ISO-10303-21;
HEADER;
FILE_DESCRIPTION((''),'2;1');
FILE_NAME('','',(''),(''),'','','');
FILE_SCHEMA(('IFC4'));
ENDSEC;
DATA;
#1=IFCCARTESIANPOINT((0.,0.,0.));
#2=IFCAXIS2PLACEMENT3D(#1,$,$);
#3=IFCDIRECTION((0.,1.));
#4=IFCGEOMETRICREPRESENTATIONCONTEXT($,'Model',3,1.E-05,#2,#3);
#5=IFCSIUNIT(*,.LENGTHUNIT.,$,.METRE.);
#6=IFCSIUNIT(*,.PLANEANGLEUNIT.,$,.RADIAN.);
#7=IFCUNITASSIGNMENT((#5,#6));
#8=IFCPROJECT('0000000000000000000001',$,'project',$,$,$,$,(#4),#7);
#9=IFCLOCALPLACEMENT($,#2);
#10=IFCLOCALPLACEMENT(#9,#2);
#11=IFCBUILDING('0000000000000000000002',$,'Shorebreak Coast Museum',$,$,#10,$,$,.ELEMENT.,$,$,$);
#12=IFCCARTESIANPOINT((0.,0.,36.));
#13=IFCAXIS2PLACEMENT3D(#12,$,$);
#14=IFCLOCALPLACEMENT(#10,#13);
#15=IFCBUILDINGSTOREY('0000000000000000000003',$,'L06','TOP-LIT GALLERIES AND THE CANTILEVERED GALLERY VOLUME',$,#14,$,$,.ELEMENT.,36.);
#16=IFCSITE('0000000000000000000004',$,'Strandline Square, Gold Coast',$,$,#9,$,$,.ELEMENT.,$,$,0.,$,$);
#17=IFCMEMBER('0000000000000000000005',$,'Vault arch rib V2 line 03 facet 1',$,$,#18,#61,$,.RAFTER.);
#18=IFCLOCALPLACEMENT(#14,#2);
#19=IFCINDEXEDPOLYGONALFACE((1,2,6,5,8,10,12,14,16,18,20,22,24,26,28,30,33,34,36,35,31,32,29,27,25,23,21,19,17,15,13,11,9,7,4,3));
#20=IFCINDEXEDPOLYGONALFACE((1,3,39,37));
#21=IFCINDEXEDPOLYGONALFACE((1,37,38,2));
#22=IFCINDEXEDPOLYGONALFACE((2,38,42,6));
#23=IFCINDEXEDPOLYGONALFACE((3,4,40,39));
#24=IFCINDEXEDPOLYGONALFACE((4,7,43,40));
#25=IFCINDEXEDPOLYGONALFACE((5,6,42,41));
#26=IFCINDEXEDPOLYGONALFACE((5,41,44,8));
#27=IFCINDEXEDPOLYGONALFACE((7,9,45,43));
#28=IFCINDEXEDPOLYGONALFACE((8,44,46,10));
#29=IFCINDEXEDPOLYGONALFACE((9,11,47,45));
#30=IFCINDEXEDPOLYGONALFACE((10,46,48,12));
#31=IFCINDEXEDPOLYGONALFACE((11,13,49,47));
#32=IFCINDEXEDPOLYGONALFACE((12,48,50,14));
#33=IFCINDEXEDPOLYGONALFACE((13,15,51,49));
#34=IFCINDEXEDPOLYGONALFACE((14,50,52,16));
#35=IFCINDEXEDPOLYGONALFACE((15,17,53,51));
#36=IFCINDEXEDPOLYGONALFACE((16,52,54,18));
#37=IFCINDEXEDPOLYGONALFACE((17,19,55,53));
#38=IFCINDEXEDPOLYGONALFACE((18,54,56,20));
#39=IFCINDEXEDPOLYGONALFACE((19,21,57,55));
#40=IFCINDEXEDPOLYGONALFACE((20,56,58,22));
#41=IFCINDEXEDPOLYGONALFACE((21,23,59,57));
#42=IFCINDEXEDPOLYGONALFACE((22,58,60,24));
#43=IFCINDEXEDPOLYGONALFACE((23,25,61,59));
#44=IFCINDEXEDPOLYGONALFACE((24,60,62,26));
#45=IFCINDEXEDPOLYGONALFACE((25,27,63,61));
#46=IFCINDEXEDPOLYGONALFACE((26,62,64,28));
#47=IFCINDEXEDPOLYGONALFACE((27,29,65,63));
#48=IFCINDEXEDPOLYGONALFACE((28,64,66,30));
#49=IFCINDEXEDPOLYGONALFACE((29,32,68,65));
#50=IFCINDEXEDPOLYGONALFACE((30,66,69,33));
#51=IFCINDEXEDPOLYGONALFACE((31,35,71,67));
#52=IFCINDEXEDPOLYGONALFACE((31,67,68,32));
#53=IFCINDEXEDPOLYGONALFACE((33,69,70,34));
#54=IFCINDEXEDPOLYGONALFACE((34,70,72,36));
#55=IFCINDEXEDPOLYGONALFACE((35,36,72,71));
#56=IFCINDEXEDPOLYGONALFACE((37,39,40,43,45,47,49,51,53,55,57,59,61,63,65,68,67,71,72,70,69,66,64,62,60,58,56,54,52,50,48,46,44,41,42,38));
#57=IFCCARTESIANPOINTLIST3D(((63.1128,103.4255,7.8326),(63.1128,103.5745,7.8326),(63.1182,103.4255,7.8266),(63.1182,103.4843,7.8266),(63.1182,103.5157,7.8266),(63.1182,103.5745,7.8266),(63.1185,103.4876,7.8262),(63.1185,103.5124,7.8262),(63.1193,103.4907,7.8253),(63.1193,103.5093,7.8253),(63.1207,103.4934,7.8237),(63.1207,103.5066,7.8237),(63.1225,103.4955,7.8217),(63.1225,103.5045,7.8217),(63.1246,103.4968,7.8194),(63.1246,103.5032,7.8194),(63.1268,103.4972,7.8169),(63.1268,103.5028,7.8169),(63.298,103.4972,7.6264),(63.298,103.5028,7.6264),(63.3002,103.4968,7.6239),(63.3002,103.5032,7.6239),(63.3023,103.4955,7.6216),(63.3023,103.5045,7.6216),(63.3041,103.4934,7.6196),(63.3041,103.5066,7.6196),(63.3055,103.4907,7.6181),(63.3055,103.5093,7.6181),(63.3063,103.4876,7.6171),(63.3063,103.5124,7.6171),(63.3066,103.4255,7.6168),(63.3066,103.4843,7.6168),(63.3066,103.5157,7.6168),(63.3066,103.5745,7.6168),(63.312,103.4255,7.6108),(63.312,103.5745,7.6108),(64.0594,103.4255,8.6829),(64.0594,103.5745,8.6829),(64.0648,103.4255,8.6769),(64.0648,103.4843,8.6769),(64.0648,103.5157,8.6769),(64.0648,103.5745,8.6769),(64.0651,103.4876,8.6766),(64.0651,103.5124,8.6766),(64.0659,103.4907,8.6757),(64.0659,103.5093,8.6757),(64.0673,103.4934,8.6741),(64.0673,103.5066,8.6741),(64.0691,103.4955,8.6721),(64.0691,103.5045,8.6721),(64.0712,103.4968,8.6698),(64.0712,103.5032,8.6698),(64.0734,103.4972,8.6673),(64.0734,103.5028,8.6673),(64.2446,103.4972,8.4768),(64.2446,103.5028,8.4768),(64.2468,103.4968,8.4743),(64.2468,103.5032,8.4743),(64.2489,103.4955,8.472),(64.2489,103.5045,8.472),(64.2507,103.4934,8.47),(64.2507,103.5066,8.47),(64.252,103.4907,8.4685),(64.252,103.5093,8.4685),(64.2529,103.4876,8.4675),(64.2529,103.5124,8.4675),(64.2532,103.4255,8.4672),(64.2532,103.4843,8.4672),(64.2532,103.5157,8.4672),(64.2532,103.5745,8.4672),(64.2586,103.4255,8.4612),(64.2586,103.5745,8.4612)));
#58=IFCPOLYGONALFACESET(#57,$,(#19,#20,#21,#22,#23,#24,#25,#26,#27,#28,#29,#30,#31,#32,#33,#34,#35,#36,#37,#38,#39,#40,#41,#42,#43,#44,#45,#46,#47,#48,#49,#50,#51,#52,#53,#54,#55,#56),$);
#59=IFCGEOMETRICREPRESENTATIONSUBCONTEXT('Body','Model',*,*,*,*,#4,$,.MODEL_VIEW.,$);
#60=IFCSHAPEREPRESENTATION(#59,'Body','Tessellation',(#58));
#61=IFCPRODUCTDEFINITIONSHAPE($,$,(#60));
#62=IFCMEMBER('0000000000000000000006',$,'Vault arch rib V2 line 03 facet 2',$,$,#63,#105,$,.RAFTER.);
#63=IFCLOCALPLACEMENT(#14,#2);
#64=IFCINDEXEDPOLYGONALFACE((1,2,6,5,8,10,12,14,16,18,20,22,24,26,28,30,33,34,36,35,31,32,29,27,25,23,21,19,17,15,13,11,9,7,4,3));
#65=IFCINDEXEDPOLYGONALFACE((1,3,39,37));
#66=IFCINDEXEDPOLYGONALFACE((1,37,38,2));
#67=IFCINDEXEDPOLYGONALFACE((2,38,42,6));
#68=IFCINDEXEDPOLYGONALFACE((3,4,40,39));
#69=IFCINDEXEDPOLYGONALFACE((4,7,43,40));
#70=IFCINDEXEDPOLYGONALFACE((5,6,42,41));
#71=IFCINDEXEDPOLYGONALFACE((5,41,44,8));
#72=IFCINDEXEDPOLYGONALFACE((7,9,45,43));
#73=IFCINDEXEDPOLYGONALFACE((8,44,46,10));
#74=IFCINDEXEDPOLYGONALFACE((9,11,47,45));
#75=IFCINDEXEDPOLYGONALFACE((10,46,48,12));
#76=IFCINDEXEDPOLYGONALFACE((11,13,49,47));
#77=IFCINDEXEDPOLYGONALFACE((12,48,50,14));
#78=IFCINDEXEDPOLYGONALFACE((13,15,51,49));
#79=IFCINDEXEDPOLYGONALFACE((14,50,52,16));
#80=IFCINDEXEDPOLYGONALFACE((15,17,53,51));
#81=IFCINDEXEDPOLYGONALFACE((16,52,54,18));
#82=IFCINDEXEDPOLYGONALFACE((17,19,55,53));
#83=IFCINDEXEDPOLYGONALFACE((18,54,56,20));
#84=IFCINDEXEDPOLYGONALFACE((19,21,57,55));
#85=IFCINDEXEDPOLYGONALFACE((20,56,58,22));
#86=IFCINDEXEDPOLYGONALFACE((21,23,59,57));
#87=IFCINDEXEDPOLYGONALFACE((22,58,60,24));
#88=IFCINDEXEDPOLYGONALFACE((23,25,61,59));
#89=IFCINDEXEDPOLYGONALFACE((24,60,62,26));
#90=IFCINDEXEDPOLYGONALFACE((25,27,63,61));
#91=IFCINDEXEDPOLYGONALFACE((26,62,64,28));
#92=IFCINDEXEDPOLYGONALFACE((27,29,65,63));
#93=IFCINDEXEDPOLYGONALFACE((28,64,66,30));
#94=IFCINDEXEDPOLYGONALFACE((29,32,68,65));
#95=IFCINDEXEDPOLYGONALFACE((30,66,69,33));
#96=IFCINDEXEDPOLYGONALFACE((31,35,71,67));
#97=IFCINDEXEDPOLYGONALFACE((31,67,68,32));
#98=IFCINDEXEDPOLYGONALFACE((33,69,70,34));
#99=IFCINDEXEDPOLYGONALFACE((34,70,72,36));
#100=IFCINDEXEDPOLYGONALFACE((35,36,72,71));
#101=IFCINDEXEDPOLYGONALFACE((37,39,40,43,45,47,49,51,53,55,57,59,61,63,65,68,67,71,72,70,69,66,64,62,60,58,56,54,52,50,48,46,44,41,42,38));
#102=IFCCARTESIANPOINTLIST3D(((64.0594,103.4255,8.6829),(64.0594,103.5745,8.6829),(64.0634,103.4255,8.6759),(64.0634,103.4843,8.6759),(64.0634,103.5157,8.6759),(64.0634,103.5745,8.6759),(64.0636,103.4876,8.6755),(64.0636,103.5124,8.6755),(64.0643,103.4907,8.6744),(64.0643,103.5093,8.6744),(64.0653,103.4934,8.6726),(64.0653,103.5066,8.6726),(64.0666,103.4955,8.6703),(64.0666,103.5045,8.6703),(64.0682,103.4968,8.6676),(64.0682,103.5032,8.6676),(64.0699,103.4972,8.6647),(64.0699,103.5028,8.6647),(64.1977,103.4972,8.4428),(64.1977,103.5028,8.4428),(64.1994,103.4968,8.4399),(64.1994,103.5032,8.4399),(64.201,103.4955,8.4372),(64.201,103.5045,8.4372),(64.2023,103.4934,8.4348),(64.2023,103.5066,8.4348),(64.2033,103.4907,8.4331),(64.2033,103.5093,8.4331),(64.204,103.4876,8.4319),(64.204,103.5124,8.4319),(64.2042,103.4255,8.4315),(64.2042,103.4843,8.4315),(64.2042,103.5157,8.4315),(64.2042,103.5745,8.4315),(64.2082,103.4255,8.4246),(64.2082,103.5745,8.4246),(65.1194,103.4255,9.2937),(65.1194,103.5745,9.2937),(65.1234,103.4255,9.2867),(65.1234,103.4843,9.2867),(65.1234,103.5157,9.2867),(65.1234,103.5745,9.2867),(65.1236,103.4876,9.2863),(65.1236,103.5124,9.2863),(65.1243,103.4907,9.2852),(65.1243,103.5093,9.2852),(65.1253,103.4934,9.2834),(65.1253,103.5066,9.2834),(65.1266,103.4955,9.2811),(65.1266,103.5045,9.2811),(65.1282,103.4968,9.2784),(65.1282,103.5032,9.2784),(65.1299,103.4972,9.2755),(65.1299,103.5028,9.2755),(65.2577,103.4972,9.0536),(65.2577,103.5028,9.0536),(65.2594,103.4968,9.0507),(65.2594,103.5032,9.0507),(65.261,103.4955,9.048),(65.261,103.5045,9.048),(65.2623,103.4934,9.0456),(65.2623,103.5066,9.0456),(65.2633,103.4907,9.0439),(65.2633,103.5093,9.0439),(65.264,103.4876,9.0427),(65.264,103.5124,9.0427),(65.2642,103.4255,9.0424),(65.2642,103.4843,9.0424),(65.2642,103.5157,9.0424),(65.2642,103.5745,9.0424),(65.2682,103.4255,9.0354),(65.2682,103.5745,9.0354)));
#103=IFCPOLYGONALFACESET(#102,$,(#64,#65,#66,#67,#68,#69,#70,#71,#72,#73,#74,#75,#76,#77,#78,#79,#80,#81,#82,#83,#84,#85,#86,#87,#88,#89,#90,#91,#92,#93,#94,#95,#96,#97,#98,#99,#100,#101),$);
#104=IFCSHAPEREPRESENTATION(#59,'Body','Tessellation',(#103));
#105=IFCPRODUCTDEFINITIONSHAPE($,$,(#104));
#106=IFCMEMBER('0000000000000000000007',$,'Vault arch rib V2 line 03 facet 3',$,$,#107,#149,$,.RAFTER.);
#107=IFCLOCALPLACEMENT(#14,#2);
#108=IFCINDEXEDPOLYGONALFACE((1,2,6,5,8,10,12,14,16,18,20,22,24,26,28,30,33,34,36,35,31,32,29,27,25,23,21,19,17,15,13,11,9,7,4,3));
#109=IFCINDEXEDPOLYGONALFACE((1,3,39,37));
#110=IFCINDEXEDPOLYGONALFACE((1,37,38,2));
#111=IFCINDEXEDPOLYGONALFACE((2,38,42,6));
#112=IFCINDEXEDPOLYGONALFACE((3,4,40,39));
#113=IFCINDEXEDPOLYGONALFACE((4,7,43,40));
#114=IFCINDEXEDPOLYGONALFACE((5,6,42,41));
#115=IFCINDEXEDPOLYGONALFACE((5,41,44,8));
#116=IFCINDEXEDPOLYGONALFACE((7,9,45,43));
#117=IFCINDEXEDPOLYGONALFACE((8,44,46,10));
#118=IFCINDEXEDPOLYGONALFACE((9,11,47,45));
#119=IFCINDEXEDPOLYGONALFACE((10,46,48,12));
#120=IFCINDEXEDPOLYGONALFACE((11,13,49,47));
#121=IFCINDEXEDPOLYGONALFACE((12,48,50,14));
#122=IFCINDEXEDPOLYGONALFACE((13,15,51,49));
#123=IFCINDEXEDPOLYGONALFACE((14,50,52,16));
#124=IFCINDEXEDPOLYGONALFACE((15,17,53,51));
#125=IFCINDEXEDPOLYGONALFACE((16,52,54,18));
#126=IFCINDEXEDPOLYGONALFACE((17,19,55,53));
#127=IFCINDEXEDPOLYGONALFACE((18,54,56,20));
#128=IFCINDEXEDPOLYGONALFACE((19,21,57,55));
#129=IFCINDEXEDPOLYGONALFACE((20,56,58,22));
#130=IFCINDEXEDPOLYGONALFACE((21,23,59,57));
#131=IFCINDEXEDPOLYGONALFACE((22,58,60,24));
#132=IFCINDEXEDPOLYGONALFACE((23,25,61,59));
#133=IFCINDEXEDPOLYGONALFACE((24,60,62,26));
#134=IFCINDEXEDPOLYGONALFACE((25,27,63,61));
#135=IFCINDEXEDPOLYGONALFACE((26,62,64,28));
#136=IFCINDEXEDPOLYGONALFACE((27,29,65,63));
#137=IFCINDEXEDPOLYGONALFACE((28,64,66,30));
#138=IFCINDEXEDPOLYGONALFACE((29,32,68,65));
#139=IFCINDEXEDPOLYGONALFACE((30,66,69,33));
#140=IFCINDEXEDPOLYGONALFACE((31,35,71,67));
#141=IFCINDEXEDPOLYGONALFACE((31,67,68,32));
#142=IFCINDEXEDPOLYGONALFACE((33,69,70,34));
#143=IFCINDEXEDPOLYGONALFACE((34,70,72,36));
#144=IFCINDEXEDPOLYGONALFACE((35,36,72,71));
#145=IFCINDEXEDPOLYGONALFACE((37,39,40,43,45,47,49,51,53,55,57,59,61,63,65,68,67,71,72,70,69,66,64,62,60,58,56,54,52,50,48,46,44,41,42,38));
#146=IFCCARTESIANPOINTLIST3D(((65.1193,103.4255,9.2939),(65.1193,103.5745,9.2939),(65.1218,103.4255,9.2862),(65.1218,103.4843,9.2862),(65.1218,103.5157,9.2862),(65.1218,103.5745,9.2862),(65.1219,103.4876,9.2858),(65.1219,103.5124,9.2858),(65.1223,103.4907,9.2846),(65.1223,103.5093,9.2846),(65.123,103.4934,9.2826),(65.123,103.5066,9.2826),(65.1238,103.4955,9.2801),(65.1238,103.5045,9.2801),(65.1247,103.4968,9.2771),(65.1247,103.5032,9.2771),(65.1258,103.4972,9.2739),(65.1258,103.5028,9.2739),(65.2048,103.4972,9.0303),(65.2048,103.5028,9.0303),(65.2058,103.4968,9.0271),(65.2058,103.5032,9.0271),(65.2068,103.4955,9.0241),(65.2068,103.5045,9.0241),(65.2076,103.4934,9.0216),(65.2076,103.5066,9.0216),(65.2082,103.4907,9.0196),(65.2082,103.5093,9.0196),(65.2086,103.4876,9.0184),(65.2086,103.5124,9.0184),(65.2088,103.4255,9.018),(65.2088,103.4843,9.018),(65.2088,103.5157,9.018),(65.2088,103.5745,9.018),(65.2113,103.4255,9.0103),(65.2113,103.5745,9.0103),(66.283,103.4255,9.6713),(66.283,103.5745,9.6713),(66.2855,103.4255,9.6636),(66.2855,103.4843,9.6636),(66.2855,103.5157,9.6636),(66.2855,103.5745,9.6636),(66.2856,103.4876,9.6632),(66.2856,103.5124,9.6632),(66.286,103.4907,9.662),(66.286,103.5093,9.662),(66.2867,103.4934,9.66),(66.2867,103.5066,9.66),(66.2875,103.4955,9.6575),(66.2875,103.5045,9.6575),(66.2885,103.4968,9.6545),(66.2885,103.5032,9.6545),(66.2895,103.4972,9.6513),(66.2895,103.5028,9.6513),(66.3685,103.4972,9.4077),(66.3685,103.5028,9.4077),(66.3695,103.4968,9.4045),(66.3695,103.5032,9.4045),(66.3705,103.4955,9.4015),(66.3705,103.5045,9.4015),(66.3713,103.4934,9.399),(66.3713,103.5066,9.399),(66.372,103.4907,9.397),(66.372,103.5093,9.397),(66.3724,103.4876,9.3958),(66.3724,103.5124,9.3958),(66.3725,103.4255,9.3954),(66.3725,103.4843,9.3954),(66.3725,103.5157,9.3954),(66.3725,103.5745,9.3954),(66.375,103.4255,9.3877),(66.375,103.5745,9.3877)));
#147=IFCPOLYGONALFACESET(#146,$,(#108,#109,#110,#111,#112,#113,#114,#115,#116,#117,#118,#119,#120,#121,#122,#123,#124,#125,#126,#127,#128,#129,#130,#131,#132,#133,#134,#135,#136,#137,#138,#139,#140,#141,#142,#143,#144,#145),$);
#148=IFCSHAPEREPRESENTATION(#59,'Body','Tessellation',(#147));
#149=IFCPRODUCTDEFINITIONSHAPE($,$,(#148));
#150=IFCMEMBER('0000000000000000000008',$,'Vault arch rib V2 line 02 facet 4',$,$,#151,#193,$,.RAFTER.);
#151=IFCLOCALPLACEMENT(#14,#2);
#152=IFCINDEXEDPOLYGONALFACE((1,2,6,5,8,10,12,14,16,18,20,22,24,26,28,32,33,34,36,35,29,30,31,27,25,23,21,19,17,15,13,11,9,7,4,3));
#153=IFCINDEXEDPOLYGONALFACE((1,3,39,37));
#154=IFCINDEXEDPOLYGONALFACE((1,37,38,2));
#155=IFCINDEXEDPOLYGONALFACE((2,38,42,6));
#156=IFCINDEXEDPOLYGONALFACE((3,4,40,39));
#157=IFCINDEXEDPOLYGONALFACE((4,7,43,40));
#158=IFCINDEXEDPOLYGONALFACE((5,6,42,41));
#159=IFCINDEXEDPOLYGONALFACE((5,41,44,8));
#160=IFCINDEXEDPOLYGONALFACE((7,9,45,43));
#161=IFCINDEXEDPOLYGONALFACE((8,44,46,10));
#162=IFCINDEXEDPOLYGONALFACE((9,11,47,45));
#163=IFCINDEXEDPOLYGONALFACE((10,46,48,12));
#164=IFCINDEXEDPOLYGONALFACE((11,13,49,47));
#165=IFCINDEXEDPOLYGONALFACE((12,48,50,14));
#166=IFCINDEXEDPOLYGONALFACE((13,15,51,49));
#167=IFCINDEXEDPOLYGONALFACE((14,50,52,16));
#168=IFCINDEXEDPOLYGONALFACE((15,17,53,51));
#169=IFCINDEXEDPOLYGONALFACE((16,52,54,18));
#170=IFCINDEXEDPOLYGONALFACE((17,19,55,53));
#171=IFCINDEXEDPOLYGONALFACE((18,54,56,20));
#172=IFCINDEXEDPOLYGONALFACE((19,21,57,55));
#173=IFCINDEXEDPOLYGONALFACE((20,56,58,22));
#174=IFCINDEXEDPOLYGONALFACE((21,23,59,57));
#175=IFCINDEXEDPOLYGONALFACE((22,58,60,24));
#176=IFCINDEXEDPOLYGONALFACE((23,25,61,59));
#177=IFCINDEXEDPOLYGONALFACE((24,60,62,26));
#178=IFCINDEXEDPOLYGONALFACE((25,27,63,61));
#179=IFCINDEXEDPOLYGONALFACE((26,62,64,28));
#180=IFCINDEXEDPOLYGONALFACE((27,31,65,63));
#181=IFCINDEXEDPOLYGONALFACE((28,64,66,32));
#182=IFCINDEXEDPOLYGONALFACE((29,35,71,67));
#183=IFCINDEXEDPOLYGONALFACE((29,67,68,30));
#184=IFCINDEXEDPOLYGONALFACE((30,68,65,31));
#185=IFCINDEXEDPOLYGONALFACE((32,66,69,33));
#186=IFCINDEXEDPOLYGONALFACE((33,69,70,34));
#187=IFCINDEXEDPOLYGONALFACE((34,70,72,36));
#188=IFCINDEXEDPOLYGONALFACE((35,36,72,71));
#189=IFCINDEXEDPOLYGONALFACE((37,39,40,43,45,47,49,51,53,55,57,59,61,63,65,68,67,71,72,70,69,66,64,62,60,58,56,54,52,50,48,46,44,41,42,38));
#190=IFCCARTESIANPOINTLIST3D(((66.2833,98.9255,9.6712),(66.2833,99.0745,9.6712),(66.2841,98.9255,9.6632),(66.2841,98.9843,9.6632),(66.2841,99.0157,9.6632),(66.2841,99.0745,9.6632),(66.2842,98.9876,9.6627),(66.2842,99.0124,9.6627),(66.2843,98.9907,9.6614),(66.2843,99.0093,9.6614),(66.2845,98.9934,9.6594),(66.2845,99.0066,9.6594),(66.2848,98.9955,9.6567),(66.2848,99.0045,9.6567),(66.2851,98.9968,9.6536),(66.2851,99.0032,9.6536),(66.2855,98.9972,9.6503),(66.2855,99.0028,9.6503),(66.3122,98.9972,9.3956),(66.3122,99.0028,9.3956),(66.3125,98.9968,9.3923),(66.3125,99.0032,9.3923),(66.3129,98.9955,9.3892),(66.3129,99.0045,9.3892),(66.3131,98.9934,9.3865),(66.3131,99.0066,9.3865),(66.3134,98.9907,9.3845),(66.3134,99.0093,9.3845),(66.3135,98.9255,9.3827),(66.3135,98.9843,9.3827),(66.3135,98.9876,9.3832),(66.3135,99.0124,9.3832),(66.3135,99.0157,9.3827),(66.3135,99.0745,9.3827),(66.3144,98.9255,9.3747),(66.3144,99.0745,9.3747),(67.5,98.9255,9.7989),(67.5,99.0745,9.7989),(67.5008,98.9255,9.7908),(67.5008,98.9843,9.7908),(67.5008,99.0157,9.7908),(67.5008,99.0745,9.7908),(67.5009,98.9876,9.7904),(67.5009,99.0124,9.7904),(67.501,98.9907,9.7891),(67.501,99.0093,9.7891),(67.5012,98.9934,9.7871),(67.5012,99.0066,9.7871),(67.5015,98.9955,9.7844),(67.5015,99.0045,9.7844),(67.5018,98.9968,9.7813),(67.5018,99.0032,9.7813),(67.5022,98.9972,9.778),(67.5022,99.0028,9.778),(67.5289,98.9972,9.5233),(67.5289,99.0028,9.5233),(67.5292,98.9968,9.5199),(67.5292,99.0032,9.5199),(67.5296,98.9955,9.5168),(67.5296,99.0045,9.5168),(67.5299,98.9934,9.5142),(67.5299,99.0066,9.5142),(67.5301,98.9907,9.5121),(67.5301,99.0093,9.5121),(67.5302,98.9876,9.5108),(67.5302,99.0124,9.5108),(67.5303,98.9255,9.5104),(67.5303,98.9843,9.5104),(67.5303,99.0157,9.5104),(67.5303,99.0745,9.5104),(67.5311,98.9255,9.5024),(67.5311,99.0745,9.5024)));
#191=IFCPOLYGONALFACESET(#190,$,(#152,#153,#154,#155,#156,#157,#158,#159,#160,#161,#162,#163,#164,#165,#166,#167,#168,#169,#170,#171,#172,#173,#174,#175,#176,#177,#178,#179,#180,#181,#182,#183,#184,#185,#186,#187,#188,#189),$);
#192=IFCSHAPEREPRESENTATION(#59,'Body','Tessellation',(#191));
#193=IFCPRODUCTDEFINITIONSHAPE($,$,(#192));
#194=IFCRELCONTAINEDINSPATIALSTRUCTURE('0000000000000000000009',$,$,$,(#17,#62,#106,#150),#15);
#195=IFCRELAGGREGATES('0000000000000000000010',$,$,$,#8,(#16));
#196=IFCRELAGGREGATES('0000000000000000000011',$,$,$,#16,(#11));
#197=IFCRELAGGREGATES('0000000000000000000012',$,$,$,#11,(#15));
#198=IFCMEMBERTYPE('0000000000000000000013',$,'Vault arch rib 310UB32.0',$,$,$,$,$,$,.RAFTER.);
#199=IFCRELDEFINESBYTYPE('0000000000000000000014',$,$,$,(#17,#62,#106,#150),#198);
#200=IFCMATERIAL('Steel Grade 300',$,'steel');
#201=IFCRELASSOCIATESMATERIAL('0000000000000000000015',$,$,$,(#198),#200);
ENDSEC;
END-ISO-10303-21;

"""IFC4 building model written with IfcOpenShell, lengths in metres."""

from ifc_helpers import new_model, si_unit, direction, frame, origin, origin_2d, place, context, subcontext, project, spatial, i_section, extrude, material, material_profile, profile_set, type_object, element, save


model = new_model("IFC4")

# Units and contexts
model_context = context("Model", 3, precision=1e-05, world=origin(), true_north=direction((0.0, 1.0)))
body_context = subcontext(model_context, "Body", "Model", "MODEL_VIEW")
ifc_project = project(units=[si_unit("LENGTHUNIT", "METRE"), si_unit("PLANEANGLEUNIT", "RADIAN")], contexts=[model_context])

# Site, building, storey
site_placement = place(None, origin())
site = spatial("IfcSite", under=ifc_project, at=site_placement, Name="Strandline Square, Gold Coast", CompositionType="ELEMENT", RefElevation=0.0)
building_placement = place(site_placement, origin())
building = spatial("IfcBuilding", under=site, at=building_placement, Name="Shorebreak Coast Museum", CompositionType="ELEMENT")
storey_placement = place(building_placement, frame((0.0, 0.0, 36.0)))
storey = spatial("IfcBuildingStorey", under=building, at=storey_placement, Name="L06", Description="TOP-LIT GALLERIES AND THE CANTILEVERED GALLERY VOLUME", CompositionType="ELEMENT", Elevation=36.0)

# Members
ifc_material_1 = material(Name="Steel Grade 300", Category="steel")
ifc_material_profile_1 = material_profile(ifc_material_1, i_section(OverallWidth=0.1489, OverallDepth=0.2981, WebThickness=0.0056, FlangeThickness=0.0081, FilletRadius=0.0129, at=origin_2d()), Name="310UB32.0")
ifc_profile_set_1 = profile_set([ifc_material_profile_1], Name="Steel Grade 300")
member_type_1 = type_object("IfcMemberType", Name="Vault arch rib 310UB32.0", PredefinedType="RAFTER", material=ifc_profile_set_1)
for number, where, z_axis, x_axis, name in (
    (1, (63.2124, 103.5, 7.7217), (0.743895, 0.0, 0.668297), (0.0, 1.0, 0.0), "Vault arch rib V2 line 03 facet 1"),
):
    element("IfcMember", number, at=place(storey_placement, frame(where, z_axis=z_axis, x_axis=x_axis)), inside=storey, type_object=member_type_1, Name=name, PredefinedType="RAFTER", context=body_context, shape_type="SweptSolid", body=[
        extrude(i_section(OverallWidth=0.1489, OverallDepth=0.2981, WebThickness=0.0056, FlangeThickness=0.0081, FilletRadius=0.0129, at=origin_2d()), origin(), (0.0, 0.0, 1.0), 1.2725),
    ])
for number, where, z_axis, x_axis, name in (
    (2, (64.1338, 103.5, 8.5537), (0.866445, 0.0, 0.499273), (0.0, 1.0, 0.0), "Vault arch rib V2 line 03 facet 2"),
    (3, (65.1653, 103.5, 9.1521), (0.951226, 0.0, 0.308495), (0.0, 1.0, 0.0), "Vault arch rib V2 line 03 facet 3"),
    (4, (66.2988, 99.0, 9.5229), (0.994539, 0.0, 0.104363), (0.0, 1.0, 0.0), "Vault arch rib V2 line 02 facet 4"),
):
    element("IfcMember", number, at=place(storey_placement, frame(where, z_axis=z_axis, x_axis=x_axis)), inside=storey, type_object=member_type_1, Name=name, PredefinedType="RAFTER", context=body_context, shape_type="SweptSolid", body=[
        extrude(i_section(OverallWidth=0.1489, OverallDepth=0.2981, WebThickness=0.0056, FlangeThickness=0.0081, FilletRadius=0.0129, at=origin_2d()), origin(), (0.0, 0.0, 1.0), 1.2234),
    ])

save(model, "model.ifc")
